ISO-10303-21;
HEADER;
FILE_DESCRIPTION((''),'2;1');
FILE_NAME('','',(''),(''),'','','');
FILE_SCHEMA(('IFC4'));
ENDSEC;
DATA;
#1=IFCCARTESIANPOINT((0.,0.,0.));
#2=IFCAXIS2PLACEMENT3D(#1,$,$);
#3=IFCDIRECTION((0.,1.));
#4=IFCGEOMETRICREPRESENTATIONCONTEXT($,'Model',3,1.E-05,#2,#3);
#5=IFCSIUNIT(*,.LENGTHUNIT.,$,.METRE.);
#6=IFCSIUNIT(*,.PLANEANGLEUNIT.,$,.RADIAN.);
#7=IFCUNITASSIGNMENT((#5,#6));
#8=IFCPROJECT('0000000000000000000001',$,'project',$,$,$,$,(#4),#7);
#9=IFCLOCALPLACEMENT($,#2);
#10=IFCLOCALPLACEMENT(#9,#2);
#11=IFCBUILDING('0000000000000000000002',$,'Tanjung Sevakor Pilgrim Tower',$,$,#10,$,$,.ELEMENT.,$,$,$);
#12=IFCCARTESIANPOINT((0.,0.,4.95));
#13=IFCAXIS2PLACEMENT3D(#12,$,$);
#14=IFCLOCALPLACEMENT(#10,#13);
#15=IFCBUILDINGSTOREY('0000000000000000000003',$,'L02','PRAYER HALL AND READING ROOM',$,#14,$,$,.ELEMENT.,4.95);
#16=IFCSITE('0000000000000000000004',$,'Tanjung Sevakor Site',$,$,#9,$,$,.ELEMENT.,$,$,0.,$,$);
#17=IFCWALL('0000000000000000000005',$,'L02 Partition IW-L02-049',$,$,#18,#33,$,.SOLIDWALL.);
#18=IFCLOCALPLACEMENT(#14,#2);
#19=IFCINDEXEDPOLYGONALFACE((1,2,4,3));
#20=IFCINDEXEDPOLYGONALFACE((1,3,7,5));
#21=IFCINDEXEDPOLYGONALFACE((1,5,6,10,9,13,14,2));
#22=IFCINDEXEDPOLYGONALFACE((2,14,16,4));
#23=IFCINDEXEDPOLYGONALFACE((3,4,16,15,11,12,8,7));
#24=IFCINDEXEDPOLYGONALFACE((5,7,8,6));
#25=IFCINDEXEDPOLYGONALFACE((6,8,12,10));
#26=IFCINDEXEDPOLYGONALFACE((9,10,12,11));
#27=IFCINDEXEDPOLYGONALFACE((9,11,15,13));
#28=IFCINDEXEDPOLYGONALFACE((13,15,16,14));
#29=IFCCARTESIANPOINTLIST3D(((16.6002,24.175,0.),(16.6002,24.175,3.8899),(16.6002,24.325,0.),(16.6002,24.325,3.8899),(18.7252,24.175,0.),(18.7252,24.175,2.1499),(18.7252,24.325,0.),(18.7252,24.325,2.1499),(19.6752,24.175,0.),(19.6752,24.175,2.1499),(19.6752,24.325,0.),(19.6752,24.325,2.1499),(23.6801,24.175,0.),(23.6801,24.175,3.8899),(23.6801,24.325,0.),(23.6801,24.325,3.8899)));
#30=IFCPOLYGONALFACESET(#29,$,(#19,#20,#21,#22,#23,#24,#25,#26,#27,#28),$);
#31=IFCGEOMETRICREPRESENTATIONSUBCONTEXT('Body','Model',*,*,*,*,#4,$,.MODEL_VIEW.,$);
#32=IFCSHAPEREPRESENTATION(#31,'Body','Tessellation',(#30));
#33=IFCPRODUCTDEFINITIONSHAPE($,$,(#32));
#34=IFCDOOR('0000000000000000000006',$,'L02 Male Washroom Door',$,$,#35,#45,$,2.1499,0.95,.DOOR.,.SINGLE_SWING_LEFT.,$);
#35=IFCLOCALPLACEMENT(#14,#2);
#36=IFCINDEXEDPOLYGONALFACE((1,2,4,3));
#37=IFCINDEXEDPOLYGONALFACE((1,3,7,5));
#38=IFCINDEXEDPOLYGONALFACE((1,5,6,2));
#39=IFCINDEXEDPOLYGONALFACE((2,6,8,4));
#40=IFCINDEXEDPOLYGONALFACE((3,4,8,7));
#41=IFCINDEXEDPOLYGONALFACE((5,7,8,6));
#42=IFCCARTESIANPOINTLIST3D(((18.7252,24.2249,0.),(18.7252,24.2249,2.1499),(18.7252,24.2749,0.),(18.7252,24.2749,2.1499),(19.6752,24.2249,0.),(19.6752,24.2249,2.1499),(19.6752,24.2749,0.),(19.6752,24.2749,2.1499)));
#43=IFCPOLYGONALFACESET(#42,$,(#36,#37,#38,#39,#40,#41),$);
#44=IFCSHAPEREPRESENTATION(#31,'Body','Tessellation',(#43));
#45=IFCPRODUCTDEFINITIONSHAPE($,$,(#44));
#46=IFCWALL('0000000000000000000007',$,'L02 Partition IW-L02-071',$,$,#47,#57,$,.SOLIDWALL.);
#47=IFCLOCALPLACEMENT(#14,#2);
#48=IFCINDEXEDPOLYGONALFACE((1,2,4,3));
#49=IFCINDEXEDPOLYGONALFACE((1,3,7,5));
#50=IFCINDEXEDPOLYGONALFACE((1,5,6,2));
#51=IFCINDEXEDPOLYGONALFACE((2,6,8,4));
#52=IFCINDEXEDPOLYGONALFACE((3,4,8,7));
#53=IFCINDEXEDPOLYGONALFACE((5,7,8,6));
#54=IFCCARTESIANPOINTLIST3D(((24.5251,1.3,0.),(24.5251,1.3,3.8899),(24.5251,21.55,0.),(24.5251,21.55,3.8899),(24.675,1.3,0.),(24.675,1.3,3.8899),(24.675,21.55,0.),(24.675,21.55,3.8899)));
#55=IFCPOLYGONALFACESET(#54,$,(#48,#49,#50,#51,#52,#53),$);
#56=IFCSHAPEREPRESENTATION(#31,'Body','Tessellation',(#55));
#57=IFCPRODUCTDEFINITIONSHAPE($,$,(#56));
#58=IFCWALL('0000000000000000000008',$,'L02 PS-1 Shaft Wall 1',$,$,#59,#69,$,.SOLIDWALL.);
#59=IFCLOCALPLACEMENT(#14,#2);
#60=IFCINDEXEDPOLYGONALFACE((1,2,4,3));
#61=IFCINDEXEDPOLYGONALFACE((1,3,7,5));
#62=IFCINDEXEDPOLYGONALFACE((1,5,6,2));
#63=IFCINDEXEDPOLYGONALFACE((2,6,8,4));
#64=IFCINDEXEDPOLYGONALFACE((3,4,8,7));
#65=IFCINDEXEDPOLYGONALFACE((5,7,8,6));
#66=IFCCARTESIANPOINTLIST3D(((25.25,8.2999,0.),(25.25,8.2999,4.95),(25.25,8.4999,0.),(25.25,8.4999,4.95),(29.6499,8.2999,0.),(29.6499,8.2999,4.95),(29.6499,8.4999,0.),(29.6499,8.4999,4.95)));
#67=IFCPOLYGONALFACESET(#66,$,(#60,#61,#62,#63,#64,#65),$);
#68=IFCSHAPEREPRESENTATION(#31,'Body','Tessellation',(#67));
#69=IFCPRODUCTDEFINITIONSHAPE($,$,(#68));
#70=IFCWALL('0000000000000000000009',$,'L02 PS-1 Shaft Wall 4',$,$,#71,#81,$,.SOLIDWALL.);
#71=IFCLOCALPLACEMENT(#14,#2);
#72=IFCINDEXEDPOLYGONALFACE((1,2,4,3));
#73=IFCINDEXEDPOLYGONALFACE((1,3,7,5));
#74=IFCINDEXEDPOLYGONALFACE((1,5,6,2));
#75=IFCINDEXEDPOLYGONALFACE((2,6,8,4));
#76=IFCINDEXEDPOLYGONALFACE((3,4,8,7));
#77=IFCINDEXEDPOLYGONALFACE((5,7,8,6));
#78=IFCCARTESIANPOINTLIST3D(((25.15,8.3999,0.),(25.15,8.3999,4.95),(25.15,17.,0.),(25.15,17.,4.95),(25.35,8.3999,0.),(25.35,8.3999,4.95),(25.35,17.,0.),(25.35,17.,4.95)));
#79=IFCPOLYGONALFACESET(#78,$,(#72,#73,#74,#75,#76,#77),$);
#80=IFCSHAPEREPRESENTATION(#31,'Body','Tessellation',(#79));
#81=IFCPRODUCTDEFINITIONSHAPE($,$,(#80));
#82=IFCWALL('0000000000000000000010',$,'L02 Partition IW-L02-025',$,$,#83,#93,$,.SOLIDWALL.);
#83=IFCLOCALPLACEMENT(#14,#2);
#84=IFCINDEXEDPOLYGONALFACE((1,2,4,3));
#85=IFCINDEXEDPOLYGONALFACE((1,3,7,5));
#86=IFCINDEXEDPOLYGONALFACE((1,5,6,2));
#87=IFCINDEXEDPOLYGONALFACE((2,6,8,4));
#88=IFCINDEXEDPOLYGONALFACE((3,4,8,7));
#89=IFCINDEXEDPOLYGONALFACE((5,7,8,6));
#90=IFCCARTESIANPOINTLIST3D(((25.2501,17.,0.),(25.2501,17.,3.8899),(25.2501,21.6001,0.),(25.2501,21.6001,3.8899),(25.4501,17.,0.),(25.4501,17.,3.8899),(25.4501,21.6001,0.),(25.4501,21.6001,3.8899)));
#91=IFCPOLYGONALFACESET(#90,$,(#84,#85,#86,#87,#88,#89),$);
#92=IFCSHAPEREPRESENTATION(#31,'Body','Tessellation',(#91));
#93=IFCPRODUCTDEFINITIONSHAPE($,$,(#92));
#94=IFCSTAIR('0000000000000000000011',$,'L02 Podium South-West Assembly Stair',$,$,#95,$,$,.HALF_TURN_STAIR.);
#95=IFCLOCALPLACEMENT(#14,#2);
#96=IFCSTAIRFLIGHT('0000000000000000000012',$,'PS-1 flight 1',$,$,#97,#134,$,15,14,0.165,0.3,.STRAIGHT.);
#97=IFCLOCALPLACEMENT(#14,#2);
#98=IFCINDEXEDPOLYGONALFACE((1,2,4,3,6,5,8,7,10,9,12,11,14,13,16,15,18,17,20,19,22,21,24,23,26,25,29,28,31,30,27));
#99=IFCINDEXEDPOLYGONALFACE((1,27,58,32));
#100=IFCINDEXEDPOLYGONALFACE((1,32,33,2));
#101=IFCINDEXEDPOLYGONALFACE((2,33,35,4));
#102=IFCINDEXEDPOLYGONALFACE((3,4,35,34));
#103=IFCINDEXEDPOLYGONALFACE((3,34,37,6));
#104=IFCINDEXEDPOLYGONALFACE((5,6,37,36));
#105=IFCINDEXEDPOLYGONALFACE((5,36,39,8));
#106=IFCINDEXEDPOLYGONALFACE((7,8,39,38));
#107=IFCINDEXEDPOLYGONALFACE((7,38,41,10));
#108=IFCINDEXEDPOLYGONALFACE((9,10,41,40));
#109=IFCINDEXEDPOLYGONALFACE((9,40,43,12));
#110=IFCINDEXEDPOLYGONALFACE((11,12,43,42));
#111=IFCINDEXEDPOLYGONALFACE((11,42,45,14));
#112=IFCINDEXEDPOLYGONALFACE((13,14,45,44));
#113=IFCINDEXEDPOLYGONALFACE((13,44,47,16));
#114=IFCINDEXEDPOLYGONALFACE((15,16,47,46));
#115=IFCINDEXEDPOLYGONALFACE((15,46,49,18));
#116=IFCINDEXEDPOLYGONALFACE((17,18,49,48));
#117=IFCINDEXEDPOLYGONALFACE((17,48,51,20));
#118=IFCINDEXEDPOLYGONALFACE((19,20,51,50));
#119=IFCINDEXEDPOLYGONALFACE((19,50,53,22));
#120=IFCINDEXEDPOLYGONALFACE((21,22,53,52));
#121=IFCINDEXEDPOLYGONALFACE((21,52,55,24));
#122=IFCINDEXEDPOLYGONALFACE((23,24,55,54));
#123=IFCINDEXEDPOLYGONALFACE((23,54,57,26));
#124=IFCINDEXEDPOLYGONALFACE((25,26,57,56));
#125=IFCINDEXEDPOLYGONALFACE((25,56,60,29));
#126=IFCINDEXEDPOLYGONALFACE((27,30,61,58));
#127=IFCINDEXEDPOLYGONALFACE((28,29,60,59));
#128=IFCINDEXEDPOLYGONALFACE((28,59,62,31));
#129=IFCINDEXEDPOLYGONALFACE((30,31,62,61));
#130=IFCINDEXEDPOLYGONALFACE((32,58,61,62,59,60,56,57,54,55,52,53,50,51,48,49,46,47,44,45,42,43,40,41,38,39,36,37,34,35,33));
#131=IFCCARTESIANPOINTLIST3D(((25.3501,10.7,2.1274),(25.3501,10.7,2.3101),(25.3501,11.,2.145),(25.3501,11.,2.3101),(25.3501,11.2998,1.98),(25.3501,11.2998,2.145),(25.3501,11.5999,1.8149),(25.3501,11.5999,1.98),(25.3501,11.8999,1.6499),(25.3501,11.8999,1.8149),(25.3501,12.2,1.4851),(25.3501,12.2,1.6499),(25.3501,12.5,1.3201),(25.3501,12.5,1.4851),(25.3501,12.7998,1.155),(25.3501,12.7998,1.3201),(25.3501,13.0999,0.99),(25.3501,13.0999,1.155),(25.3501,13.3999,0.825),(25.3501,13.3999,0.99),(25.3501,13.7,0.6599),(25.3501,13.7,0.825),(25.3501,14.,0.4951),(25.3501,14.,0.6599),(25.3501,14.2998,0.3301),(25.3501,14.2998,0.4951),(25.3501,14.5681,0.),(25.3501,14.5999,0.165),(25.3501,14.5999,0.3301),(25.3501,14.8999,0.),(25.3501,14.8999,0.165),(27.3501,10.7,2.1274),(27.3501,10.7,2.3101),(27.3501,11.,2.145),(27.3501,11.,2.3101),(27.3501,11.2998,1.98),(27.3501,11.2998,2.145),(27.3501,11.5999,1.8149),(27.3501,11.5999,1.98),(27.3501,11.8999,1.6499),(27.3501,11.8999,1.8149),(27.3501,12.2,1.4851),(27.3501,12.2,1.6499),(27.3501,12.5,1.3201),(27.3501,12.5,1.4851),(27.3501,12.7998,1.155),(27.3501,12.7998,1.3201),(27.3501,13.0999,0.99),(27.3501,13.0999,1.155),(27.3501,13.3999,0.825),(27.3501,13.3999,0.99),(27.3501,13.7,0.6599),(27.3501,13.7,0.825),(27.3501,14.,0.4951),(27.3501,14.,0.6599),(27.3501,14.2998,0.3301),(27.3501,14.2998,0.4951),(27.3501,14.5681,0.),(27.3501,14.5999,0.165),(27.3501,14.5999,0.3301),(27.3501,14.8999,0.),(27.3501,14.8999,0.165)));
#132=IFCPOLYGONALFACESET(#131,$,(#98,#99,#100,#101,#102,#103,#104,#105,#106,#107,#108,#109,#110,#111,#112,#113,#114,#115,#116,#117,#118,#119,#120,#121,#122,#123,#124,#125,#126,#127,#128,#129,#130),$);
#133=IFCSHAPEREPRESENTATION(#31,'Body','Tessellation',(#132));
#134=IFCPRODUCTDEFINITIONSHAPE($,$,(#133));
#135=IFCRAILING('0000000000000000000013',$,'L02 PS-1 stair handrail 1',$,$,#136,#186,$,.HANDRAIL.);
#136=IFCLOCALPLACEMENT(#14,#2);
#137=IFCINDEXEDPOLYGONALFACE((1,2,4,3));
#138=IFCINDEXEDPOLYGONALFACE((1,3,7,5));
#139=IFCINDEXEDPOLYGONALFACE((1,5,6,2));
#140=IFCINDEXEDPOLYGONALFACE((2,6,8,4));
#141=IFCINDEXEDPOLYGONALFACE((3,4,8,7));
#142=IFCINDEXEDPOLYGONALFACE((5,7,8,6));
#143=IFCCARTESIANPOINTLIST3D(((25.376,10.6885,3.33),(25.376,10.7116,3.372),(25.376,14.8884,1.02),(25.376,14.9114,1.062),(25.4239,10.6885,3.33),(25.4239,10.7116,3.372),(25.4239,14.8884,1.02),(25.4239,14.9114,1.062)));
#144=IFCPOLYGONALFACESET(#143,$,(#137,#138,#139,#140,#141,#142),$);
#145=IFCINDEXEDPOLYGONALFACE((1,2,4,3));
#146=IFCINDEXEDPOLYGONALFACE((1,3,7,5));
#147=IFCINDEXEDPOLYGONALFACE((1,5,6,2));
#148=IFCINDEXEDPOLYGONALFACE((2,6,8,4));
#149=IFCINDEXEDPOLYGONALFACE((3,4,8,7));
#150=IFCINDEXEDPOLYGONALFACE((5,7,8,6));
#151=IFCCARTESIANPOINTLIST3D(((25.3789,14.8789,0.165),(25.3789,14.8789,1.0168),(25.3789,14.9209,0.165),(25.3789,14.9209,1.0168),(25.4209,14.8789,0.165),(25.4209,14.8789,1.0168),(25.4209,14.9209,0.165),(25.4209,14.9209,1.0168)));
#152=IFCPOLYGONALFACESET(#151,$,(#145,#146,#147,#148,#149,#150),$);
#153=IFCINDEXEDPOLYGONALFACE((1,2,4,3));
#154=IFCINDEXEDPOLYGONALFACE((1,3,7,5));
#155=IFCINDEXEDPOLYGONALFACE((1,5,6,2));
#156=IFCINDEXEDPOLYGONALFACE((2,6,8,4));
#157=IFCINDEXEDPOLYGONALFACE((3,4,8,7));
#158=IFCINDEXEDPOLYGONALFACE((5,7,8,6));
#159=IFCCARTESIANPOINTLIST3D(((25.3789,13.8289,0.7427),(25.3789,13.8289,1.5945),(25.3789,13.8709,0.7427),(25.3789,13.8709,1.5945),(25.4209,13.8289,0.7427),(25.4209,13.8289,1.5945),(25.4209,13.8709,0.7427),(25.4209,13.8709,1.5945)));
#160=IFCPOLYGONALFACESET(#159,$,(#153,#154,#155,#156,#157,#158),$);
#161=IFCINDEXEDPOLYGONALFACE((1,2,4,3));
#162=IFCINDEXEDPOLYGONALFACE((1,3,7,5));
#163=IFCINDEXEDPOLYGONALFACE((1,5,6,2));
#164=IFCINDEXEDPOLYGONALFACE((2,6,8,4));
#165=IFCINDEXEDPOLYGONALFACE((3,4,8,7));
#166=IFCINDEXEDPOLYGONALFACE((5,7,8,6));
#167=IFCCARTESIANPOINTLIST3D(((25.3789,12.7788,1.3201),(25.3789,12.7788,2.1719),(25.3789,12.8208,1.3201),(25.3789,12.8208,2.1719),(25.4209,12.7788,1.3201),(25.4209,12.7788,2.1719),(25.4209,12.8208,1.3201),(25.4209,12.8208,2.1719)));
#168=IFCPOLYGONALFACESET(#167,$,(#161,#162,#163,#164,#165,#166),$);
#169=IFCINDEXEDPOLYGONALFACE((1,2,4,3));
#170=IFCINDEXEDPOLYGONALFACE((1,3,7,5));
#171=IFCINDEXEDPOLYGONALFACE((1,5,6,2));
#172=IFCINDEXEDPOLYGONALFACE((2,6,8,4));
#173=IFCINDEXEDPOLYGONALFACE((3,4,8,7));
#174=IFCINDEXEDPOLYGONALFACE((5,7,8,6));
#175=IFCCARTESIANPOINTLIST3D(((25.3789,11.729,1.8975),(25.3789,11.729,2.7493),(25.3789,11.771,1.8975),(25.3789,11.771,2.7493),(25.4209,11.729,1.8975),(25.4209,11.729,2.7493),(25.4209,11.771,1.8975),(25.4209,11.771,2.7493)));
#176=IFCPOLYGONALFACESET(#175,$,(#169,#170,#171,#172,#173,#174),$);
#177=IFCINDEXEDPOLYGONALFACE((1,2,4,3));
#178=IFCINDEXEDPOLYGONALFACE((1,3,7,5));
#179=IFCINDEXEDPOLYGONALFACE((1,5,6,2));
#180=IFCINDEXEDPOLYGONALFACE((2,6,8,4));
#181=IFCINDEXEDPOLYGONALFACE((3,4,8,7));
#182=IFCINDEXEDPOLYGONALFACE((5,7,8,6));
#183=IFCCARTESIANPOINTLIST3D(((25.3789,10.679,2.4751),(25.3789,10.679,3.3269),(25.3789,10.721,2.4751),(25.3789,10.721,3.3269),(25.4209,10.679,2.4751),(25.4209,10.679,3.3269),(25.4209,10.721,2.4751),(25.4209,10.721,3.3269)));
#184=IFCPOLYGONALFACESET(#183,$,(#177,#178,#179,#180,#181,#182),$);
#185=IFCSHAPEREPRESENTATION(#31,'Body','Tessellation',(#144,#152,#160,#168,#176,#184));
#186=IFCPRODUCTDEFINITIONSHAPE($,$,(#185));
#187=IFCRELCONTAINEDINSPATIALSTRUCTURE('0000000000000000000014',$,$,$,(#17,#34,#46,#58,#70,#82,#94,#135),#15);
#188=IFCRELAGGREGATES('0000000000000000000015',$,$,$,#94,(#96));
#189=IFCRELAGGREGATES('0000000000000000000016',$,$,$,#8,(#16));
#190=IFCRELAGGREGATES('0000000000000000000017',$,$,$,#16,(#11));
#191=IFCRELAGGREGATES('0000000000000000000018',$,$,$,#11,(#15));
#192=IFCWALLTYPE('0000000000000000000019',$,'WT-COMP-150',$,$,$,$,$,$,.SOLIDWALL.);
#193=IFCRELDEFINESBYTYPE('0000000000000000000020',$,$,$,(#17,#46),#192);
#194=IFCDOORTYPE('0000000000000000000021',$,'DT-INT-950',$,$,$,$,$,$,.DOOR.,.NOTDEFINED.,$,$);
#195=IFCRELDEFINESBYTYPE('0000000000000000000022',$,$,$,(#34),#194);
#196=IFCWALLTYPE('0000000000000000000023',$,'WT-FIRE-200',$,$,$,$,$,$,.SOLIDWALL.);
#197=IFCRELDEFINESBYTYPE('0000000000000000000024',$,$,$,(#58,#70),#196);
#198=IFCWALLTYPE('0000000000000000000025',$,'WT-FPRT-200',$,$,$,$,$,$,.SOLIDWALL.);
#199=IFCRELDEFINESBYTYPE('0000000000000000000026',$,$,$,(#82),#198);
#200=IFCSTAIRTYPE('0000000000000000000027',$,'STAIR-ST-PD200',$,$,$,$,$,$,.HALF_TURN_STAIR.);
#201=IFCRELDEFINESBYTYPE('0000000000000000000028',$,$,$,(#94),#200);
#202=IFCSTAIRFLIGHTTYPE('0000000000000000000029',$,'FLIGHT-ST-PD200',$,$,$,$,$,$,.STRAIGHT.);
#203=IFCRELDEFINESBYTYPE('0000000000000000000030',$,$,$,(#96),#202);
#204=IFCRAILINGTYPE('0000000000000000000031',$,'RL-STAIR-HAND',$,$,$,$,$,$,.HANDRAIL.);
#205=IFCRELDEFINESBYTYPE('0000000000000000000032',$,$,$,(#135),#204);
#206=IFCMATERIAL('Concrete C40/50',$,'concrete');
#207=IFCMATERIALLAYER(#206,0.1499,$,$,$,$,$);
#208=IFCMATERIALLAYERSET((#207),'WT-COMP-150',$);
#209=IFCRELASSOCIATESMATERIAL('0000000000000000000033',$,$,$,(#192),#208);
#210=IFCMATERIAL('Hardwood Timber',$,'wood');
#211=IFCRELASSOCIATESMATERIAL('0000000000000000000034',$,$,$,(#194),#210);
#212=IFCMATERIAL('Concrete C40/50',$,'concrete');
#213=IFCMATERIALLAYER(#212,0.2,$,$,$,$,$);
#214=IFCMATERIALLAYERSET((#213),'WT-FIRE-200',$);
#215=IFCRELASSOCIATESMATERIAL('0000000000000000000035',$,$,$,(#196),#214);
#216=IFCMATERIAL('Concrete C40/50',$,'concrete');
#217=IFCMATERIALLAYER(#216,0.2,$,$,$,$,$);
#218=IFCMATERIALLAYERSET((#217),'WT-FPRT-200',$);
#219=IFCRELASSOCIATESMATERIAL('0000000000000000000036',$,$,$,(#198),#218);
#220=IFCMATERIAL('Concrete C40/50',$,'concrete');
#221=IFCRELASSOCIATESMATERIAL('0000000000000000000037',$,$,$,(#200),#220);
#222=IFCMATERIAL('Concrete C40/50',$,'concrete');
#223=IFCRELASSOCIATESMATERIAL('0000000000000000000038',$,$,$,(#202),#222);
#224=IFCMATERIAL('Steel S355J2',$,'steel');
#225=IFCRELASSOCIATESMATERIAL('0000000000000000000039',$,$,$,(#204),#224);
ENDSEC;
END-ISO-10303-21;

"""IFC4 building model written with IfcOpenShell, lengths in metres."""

from ifc_helpers import new_model, si_unit, direction, frame, frame_2d, origin, place, context, subcontext, project, spatial, polyline, rectangle, outline, extrude, material, layer, layer_set, type_object, element, fill, aggregate, save


model = new_model("IFC4")

# Units and contexts
model_context = context("Model", 3, precision=1e-05, world=origin(), true_north=direction((0.0, 1.0)))
body_context = subcontext(model_context, "Body", "Model", "MODEL_VIEW")
ifc_project = project(units=[si_unit("LENGTHUNIT", "METRE"), si_unit("PLANEANGLEUNIT", "RADIAN")], contexts=[model_context])

# Site, building, storey
site_placement = place(None, origin())
site = spatial("IfcSite", under=ifc_project, at=site_placement, Name="Tanjung Sevakor Site", CompositionType="ELEMENT", RefElevation=0.0)
building_placement = place(site_placement, origin())
building = spatial("IfcBuilding", under=site, at=building_placement, Name="Tanjung Sevakor Pilgrim Tower", CompositionType="ELEMENT")
storey_placement = place(building_placement, frame((0.0, 0.0, 4.95)))
storey = spatial("IfcBuildingStorey", under=building, at=storey_placement, Name="L02", Description="PRAYER HALL AND READING ROOM", CompositionType="ELEMENT", Elevation=4.95)

# Shared definitions
ifc_material_1 = material(Name="Concrete C40/50", Category="concrete")
ifc_layer_1 = layer(ifc_material_1, 0.1499)
ifc_layer_set_1 = layer_set([ifc_layer_1], Name="WT-COMP-150")
wall_type_1 = type_object("IfcWallType", Name="WT-COMP-150", PredefinedType="SOLIDWALL", material=ifc_layer_set_1)

# Wall, opening, door
wall_1_placement = place(storey_placement, frame((16.6001, 24.25, 0.0), z_axis=(0.0, 0.0, 1.0), x_axis=(1.0, 0.0, 0.0)))
wall_1 = element("IfcWall", 1, at=wall_1_placement, inside=storey, type_object=wall_type_1, Name="L02 Partition IW-L02-049", PredefinedType="SOLIDWALL", context=body_context, shape_type="SweptSolid", body=[
    extrude(rectangle(XDim=7.0798, YDim=0.1499, at=frame_2d((3.54, 0.0))), origin(), (0.0, 0.0, 1.0), 3.8899),
])
opening_placement = place(wall_1_placement, frame((2.125, 0.0, 0.0)))
opening = element("IfcOpeningElement", 2, at=opening_placement, cuts=wall_1, PredefinedType="OPENING", context=body_context, shape_type="SweptSolid", body=[
    extrude(rectangle(XDim=0.95, YDim=2.1499, at=frame_2d((0.4751, 1.075))), frame((0.0, 0.085, 0.0), z_axis=(0.0, -1.0, 0.0), x_axis=(1.0, 0.0, 0.0)), (0.0, 0.0, 1.0), 0.1699),
])
ifc_material_2 = material(Name="Hardwood Timber", Category="wood")
door_type = type_object("IfcDoorType", Name="DT-INT-950", OperationType="NOTDEFINED", PredefinedType="DOOR", material=ifc_material_2)
door_placement = place(opening_placement, origin())
door = element("IfcDoor", 3, at=door_placement, inside=storey, type_object=door_type, Name="L02 Male Washroom Door", OperationType="SINGLE_SWING_LEFT", OverallHeight=2.1499, OverallWidth=0.95, PredefinedType="DOOR", context=body_context, shape_type="SweptSolid", body=[
    extrude(rectangle(XDim=0.95, YDim=2.1499, at=frame_2d((0.4751, 1.075))), frame((0.0, 0.0249, 0.0), z_axis=(0.0, -1.0, 0.0), x_axis=(1.0, 0.0, 0.0)), (0.0, 0.0, 1.0), 0.05),
])
fill(opening, door)

# Walls
wall_2_placement = place(storey_placement, frame((24.6001, 1.3, 0.0), z_axis=(0.0, 0.0, 1.0), x_axis=(0.0, 1.0, 0.0)))
element("IfcWall", 4, at=wall_2_placement, inside=storey, type_object=wall_type_1, Name="L02 Partition IW-L02-071", PredefinedType="SOLIDWALL", context=body_context, shape_type="SweptSolid", body=[
    extrude(rectangle(XDim=20.25, YDim=0.1499, at=frame_2d((10.125, 0.0))), origin(), (0.0, 0.0, 1.0), 3.8899),
])
ifc_material_3 = material(Name="Concrete C40/50", Category="concrete")
ifc_layer_2 = layer(ifc_material_3, 0.2)
ifc_layer_set_2 = layer_set([ifc_layer_2], Name="WT-FIRE-200")
wall_type_2 = type_object("IfcWallType", Name="WT-FIRE-200", PredefinedType="SOLIDWALL", material=ifc_layer_set_2)
wall_3_placement = place(storey_placement, frame((25.25, 8.3999, 0.0), z_axis=(0.0, 0.0, 1.0), x_axis=(1.0, 0.0, 0.0)))
element("IfcWall", 5, at=wall_3_placement, inside=storey, type_object=wall_type_2, Name="L02 PS-1 Shaft Wall 1", PredefinedType="SOLIDWALL", context=body_context, shape_type="SweptSolid", body=[
    extrude(rectangle(XDim=4.3999, YDim=0.2, at=frame_2d((2.2, 0.0))), origin(), (0.0, 0.0, 1.0), 4.95),
])
wall_4_placement = place(storey_placement, frame((25.25, 17.0, 0.0), z_axis=(0.0, 0.0, 1.0), x_axis=(0.0, -1.0, 0.0)))
element("IfcWall", 6, at=wall_4_placement, inside=storey, type_object=wall_type_2, Name="L02 PS-1 Shaft Wall 4", PredefinedType="SOLIDWALL", context=body_context, shape_type="SweptSolid", body=[
    extrude(rectangle(XDim=8.6001, YDim=0.2, at=frame_2d((4.3, 0.0))), origin(), (0.0, 0.0, 1.0), 4.95),
])
ifc_material_4 = material(Name="Concrete C40/50", Category="concrete")
ifc_layer_3 = layer(ifc_material_4, 0.2)
ifc_layer_set_3 = layer_set([ifc_layer_3], Name="WT-FPRT-200")
wall_type_3 = type_object("IfcWallType", Name="WT-FPRT-200", PredefinedType="SOLIDWALL", material=ifc_layer_set_3)
wall_5_placement = place(storey_placement, frame((25.3501, 17.0, 0.0), z_axis=(0.0, 0.0, 1.0), x_axis=(0.0, 1.0, 0.0)))
element("IfcWall", 7, at=wall_5_placement, inside=storey, type_object=wall_type_3, Name="L02 Partition IW-L02-025", PredefinedType="SOLIDWALL", context=body_context, shape_type="SweptSolid", body=[
    extrude(rectangle(XDim=4.6001, YDim=0.2, at=frame_2d((2.3, 0.0))), origin(), (0.0, 0.0, 1.0), 3.8899),
])

# Stair, stair flight
ifc_material_5 = material(Name="Concrete C40/50", Category="concrete")
stair_type = type_object("IfcStairType", Name="STAIR-ST-PD200", PredefinedType="HALF_TURN_STAIR", material=ifc_material_5)
stair_placement = place(storey_placement, origin())
stair = element("IfcStair", 8, at=stair_placement, inside=storey, type_object=stair_type, Name="L02 Podium South-West Assembly Stair", PredefinedType="HALF_TURN_STAIR")
ifc_material_6 = material(Name="Concrete C40/50", Category="concrete")
stair_flight_type = type_object("IfcStairFlightType", Name="FLIGHT-ST-PD200", PredefinedType="STRAIGHT", material=ifc_material_6)
stair_flight_placement = place(storey_placement, frame((26.3501, 14.8999, 0.0), z_axis=(0.0, 0.0, 1.0), x_axis=(0.0, -1.0, 0.0)))
stair_flight = element("IfcStairFlight", 9, at=stair_flight_placement, type_object=stair_flight_type, Name="PS-1 flight 1", NumberOfRisers=15, NumberOfTreads=14, PredefinedType="STRAIGHT", RiserHeight=0.165, TreadLength=0.3, context=body_context, shape_type="SweptSolid", body=[
    extrude(outline(polyline([(0.0, 0.0), (0.0, 0.165), (0.3, 0.165), (0.3, 0.3301), (0.6001, 0.3301), (0.6001, 0.4951), (0.8999, 0.4951), (0.8999, 0.6599), (1.2, 0.6599), (1.2, 0.825), (1.5, 0.825), (1.5, 0.99), (1.8, 0.99), (1.8, 1.155), (2.1001, 1.155), (2.1001, 1.3201), (2.3999, 1.3201), (2.3999, 1.4851), (2.7, 1.4851), (2.7, 1.6499), (3.0, 1.6499), (3.0, 1.8149), (3.3, 1.8149), (3.3, 1.98), (3.6001, 1.98), (3.6001, 2.145), (3.8999, 2.145), (3.8999, 2.3101), (4.2, 2.3101), (4.2, 2.4751), (4.2, 2.1274), (0.3318, 0.0), (0.0, 0.0)])), frame((0.0, 1.0, 0.0), z_axis=(0.0, -1.0, 0.0), x_axis=(1.0, 0.0, 0.0)), (0.0, 0.0, 1.0), 2.0),
])
aggregate(stair, [stair_flight])

# Railing
ifc_material_7 = material(Name="Steel S355J2", Category="steel")
railing_type = type_object("IfcRailingType", Name="RL-STAIR-HAND", PredefinedType="HANDRAIL", material=ifc_material_7)
railing_placement = place(storey_placement, frame((25.3999, 14.8999, 0.165)))
element("IfcRailing", 10, at=railing_placement, inside=storey, type_object=railing_type, Name="L02 PS-1 stair handrail 1", PredefinedType="HANDRAIL", context=body_context, shape_type="SweptSolid", body=[
    extrude(rectangle(XDim=0.0479, YDim=0.0479), frame((0.0, 0.0, 0.876), z_axis=(0.0, -0.876208, 0.481932), x_axis=(1.0, 0.0, 0.0)), (0.0, 0.0, 1.0), 4.7932),
    extrude(rectangle(XDim=0.042, YDim=0.042), origin(), (0.0, 0.0, 1.0), 0.8518),
    extrude(rectangle(XDim=0.042, YDim=0.042), frame((0.0, -1.05, 0.5776)), (0.0, 0.0, 1.0), 0.8518),
    extrude(rectangle(XDim=0.042, YDim=0.042), frame((0.0, -2.1001, 1.155)), (0.0, 0.0, 1.0), 0.8518),
    extrude(rectangle(XDim=0.042, YDim=0.042), frame((0.0, -3.1499, 1.7324)), (0.0, 0.0, 1.0), 0.8518),
    extrude(rectangle(XDim=0.042, YDim=0.042), frame((0.0, -4.2, 2.3101)), (0.0, 0.0, 1.0), 0.8518),
])

save(model, "model.ifc")
